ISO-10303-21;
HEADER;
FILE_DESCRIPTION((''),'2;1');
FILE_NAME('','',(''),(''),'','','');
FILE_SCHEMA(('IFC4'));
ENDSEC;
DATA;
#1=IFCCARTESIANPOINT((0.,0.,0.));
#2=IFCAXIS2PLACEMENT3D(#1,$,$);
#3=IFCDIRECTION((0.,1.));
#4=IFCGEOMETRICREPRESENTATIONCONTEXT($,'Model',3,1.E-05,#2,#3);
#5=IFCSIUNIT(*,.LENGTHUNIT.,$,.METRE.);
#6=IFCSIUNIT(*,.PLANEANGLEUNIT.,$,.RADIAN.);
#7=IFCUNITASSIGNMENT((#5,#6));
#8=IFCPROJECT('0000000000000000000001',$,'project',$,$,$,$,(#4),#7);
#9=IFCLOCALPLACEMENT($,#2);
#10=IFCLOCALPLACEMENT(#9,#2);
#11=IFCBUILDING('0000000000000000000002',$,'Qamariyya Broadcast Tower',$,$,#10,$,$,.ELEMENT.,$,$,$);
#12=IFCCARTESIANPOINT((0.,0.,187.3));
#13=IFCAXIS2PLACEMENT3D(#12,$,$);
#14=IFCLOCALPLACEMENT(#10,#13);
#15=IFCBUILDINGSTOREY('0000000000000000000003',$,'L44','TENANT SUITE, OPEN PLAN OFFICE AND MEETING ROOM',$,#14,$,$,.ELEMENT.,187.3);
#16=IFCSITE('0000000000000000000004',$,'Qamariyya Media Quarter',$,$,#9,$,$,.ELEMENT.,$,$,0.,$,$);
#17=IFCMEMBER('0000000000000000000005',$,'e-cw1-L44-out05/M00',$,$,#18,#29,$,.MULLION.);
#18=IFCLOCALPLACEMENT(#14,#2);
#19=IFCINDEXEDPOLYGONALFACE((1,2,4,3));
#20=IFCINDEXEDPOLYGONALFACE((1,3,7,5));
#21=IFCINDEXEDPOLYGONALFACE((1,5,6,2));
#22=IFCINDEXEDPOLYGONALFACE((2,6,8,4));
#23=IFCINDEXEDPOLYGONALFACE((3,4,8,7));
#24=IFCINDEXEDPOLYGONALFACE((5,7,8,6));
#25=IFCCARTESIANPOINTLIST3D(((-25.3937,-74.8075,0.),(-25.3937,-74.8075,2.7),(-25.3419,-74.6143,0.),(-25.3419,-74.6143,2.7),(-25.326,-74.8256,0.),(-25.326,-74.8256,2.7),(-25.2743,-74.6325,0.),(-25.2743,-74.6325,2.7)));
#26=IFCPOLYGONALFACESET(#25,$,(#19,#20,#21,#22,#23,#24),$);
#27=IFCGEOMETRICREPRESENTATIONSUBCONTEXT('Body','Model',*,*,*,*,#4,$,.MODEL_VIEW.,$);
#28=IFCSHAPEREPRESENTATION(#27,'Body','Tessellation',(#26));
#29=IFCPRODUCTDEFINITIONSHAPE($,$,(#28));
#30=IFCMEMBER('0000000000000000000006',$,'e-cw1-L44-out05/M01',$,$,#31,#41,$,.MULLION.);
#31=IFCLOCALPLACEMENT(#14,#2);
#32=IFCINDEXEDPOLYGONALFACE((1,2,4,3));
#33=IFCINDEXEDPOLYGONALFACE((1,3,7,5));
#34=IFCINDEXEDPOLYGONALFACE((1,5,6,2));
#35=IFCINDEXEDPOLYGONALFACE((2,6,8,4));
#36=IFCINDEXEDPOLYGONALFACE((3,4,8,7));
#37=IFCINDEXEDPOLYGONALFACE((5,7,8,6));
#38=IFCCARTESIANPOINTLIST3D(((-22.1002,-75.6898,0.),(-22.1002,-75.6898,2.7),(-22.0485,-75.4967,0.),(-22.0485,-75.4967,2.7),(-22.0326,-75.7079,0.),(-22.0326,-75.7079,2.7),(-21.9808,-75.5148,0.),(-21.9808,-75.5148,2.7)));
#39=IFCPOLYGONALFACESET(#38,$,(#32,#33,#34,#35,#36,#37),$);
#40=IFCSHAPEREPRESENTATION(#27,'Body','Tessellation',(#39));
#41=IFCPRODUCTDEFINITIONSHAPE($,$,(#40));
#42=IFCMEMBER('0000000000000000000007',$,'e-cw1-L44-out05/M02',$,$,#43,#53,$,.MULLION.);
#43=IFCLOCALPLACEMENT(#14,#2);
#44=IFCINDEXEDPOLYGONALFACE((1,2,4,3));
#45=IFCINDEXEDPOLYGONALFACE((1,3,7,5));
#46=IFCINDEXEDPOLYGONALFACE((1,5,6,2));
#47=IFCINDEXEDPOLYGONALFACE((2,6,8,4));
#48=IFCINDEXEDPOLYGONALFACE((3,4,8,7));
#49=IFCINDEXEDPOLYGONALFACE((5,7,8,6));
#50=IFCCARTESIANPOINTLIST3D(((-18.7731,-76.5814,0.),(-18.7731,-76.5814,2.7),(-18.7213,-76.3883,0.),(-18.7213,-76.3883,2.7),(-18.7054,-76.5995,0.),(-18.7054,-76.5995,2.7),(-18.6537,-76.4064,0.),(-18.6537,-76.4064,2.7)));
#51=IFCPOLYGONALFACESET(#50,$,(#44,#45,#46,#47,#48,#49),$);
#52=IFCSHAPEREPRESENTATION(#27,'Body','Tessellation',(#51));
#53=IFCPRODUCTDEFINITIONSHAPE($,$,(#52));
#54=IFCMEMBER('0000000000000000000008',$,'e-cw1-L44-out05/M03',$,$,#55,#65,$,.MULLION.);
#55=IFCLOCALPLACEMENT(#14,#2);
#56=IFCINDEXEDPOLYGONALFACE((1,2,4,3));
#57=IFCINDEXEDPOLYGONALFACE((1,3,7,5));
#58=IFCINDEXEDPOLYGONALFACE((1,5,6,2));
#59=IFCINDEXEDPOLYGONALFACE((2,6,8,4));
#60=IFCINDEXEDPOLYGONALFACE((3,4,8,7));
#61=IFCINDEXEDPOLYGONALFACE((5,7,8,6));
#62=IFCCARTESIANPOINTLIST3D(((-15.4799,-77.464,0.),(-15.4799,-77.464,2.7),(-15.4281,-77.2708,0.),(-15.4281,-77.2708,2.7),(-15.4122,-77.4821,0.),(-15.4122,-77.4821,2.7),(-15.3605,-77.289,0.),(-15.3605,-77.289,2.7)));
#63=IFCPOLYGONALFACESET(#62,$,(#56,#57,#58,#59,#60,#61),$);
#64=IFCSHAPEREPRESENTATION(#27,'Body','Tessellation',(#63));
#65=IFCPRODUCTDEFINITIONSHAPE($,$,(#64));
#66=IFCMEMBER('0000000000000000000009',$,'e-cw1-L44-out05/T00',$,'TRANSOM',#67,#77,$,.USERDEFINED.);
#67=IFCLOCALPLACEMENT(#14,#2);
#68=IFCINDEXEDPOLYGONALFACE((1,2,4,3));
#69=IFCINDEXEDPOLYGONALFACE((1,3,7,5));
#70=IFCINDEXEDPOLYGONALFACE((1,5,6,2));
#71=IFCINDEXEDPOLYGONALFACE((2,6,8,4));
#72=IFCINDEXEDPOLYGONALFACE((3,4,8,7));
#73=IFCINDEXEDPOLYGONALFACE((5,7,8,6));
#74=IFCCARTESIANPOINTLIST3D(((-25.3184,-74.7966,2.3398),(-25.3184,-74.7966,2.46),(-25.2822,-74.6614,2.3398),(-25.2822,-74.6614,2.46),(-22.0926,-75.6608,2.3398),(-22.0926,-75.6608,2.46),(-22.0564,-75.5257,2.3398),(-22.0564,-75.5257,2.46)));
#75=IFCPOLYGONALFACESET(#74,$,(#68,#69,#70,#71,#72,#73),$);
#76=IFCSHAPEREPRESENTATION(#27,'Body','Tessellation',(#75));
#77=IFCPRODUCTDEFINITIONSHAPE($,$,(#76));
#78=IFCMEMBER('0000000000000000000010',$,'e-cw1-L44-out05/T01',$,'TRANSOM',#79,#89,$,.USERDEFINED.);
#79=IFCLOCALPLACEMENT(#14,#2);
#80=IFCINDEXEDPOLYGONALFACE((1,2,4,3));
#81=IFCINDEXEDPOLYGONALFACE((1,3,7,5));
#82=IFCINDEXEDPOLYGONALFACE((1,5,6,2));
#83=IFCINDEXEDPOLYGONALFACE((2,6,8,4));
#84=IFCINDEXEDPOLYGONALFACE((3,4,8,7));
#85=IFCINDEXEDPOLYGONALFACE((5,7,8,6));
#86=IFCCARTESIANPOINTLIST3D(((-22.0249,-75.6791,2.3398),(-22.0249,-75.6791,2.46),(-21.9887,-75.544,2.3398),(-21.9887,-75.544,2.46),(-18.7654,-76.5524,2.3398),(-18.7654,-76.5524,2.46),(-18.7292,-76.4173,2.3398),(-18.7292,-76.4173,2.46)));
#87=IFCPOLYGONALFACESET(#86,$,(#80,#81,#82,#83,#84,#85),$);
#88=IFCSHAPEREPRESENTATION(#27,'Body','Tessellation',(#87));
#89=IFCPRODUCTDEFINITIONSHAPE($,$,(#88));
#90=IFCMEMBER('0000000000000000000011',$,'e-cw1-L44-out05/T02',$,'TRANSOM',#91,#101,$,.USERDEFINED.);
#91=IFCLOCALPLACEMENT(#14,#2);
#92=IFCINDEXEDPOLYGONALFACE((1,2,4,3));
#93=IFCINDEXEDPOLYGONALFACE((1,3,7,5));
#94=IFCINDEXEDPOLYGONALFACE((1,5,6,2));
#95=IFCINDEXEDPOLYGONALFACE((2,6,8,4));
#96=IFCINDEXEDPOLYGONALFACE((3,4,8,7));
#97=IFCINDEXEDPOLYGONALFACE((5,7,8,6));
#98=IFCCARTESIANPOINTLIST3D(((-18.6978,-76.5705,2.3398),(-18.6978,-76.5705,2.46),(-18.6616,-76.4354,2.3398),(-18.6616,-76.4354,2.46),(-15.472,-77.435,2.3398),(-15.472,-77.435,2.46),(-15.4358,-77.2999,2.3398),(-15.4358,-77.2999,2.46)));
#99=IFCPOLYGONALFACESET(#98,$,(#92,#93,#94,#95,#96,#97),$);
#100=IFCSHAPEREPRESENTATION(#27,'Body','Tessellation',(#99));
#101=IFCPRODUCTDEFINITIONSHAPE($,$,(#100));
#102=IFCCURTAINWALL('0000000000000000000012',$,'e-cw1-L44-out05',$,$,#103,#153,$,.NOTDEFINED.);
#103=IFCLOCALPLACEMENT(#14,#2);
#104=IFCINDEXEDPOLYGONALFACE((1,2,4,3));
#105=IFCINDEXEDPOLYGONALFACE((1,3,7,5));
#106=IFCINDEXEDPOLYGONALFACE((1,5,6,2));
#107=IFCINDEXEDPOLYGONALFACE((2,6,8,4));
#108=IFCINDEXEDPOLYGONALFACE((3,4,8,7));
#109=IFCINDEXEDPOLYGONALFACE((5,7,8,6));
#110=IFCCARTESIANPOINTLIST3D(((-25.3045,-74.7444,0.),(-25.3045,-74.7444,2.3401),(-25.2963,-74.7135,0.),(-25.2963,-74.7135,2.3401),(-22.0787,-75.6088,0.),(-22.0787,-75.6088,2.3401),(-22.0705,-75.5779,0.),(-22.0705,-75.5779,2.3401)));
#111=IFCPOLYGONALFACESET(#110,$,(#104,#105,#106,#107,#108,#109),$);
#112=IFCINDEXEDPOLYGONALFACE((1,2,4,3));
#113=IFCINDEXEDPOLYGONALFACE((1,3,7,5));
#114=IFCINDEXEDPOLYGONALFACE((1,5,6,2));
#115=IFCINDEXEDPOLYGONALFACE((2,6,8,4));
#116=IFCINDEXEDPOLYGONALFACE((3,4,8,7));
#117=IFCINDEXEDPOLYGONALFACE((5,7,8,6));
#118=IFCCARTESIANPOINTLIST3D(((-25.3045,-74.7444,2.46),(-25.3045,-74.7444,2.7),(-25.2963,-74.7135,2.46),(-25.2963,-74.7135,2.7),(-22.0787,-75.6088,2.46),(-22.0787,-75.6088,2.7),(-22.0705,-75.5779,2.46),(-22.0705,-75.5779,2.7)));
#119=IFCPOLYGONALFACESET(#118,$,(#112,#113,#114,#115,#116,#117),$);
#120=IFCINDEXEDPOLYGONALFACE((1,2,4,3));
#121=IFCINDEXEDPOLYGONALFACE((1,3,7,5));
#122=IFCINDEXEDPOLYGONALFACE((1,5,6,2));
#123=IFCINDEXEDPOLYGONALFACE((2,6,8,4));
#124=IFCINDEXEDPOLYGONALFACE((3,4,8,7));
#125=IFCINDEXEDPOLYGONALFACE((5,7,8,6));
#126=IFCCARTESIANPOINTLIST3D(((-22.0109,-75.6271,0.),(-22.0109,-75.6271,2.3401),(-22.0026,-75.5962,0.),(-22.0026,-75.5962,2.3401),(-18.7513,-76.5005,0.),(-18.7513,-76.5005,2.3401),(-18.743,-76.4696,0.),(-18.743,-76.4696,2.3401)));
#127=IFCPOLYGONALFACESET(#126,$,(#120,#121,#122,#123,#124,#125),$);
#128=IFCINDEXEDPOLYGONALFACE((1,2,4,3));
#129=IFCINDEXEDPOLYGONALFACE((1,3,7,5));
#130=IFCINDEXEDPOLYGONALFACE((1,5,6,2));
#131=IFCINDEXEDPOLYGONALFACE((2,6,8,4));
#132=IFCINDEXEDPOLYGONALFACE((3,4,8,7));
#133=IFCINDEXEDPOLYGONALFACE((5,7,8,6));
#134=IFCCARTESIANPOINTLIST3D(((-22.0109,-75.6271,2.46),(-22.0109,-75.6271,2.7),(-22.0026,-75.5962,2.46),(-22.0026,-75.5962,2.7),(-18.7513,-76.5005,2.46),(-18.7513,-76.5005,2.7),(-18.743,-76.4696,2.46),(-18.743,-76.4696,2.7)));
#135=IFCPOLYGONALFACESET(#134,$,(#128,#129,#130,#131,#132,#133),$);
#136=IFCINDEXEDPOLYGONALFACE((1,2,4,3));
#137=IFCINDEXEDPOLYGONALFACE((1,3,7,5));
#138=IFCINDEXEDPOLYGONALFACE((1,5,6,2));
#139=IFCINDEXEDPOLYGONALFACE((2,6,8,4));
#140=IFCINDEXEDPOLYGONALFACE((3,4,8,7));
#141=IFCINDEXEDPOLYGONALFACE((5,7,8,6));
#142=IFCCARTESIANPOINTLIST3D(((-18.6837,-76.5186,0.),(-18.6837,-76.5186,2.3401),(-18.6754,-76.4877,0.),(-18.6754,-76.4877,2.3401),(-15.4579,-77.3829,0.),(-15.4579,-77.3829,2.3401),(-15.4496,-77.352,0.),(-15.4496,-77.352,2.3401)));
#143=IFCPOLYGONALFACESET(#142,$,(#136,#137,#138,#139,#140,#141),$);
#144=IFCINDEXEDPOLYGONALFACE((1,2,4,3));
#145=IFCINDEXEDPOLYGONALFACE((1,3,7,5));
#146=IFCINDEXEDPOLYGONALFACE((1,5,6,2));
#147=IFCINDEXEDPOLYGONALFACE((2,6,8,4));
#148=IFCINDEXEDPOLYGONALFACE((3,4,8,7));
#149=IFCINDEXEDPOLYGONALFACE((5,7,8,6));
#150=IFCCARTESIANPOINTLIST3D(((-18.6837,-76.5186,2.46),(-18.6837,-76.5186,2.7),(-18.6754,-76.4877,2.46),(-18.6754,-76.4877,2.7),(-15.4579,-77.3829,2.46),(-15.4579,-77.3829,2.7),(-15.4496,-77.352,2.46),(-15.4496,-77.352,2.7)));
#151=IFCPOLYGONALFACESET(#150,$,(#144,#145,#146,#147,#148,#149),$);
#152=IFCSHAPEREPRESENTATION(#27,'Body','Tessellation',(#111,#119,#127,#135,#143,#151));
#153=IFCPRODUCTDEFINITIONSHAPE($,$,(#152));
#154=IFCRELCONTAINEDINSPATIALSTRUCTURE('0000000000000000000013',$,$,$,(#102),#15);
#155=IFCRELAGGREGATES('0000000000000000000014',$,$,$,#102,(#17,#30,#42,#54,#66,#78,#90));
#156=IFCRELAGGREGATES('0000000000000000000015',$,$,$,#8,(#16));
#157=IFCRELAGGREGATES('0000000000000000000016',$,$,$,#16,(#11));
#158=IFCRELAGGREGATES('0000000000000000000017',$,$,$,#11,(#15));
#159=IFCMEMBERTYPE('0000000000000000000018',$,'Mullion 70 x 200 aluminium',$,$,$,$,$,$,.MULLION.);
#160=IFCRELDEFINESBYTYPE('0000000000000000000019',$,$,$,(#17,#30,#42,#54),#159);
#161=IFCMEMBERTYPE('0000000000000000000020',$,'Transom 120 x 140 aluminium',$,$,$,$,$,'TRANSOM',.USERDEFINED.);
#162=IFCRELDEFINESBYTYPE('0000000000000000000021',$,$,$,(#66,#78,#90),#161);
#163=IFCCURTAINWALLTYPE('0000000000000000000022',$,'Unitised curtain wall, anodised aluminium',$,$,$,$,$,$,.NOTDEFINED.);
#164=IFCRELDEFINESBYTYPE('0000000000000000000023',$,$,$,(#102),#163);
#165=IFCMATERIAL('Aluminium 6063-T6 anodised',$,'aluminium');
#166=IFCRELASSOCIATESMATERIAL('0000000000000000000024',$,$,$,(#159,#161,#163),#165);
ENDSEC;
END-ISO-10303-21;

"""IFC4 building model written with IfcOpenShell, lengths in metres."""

from ifc_helpers import new_model, si_unit, direction, frame, origin, origin_2d, place, context, subcontext, project, spatial, rectangle, extrude, material, material_profile, profile_set, type_object, element, aggregate, save


model = new_model("IFC4")

# Units and contexts
model_context = context("Model", 3, precision=1e-05, world=origin(), true_north=direction((0.0, 1.0)))
body_context = subcontext(model_context, "Body", "Model", "MODEL_VIEW")
ifc_project = project(units=[si_unit("LENGTHUNIT", "METRE"), si_unit("PLANEANGLEUNIT", "RADIAN")], contexts=[model_context])

# Members
ifc_material = material(Name="Aluminium 6063-T6 anodised", Category="aluminium")
ifc_material_profile_1 = material_profile(ifc_material, rectangle(XDim=0.2, YDim=0.0701, at=origin_2d()))
ifc_profile_set_1 = profile_set([ifc_material_profile_1], Name="Aluminium 6063-T6 anodised")
member_type_1 = type_object("IfcMemberType", Name="Mullion 70 x 200 aluminium", PredefinedType="MULLION", material=ifc_profile_set_1)
site_placement = place(None, origin())
building_placement = place(site_placement, origin())
storey_placement = place(building_placement, frame((0.0, 0.0, 187.3)))
member_1_placement = place(storey_placement, frame((-25.334, -74.72, 0.0), z_axis=(0.0, 0.0, 1.0), x_axis=(0.258819, 0.965926, 0.0)))
member_1 = element("IfcMember", 1, at=member_1_placement, type_object=member_type_1, Name="e-cw1-L44-out05/M00", PredefinedType="MULLION", context=body_context, shape_type="SweptSolid", body=[
    extrude(rectangle(XDim=0.2, YDim=0.0701, at=origin_2d()), origin(), (0.0, 0.0, 1.0), 2.7),
])
member_2_placement = place(storey_placement, frame((-22.0405, -75.6023, 0.0), z_axis=(0.0, 0.0, 1.0), x_axis=(0.258819, 0.965926, 0.0)))
member_2 = element("IfcMember", 2, at=member_2_placement, type_object=member_type_1, Name="e-cw1-L44-out05/M01", PredefinedType="MULLION", context=body_context, shape_type="SweptSolid", body=[
    extrude(rectangle(XDim=0.2, YDim=0.0701, at=origin_2d()), origin(), (0.0, 0.0, 1.0), 2.7),
])
member_3_placement = place(storey_placement, frame((-18.7134, -76.4939, 0.0), z_axis=(0.0, 0.0, 1.0), x_axis=(0.258819, 0.965926, 0.0)))
member_3 = element("IfcMember", 3, at=member_3_placement, type_object=member_type_1, Name="e-cw1-L44-out05/M02", PredefinedType="MULLION", context=body_context, shape_type="SweptSolid", body=[
    extrude(rectangle(XDim=0.2, YDim=0.0701, at=origin_2d()), origin(), (0.0, 0.0, 1.0), 2.7),
])
member_4_placement = place(storey_placement, frame((-15.4202, -77.3765, 0.0), z_axis=(0.0, 0.0, 1.0), x_axis=(0.258819, 0.965926, 0.0)))
member_4 = element("IfcMember", 4, at=member_4_placement, type_object=member_type_1, Name="e-cw1-L44-out05/M03", PredefinedType="MULLION", context=body_context, shape_type="SweptSolid", body=[
    extrude(rectangle(XDim=0.2, YDim=0.0701, at=origin_2d()), origin(), (0.0, 0.0, 1.0), 2.7),
])
ifc_material_profile_2 = material_profile(ifc_material, rectangle(XDim=0.1399, YDim=0.1201, at=origin_2d()))
ifc_profile_set_2 = profile_set([ifc_material_profile_2], Name="Aluminium 6063-T6 anodised")
member_type_2 = type_object("IfcMemberType", Name="Transom 120 x 140 aluminium", ElementType="TRANSOM", PredefinedType="USERDEFINED", material=ifc_profile_set_2)
member_5_placement = place(storey_placement, frame((-25.3003, -74.729, 2.3999), z_axis=(0.965933, -0.258791, 0.0), x_axis=(0.258791, 0.965933, 0.0)))
member_5 = element("IfcMember", 5, at=member_5_placement, type_object=member_type_2, Name="e-cw1-L44-out05/T00", ObjectType="TRANSOM", PredefinedType="USERDEFINED", context=body_context, shape_type="SweptSolid", body=[
    extrude(rectangle(XDim=0.1399, YDim=0.1201, at=origin_2d()), origin(), (0.0, 0.0, 1.0), 3.3396),
])
member_6_placement = place(storey_placement, frame((-22.0068, -75.6116, 2.3999), z_axis=(0.965933, -0.258793, 0.0), x_axis=(0.258793, 0.965933, 0.0)))
member_6 = element("IfcMember", 6, at=member_6_placement, type_object=member_type_2, Name="e-cw1-L44-out05/T01", ObjectType="TRANSOM", PredefinedType="USERDEFINED", context=body_context, shape_type="SweptSolid", body=[
    extrude(rectangle(XDim=0.1399, YDim=0.1201, at=origin_2d()), origin(), (0.0, 0.0, 1.0), 3.3745),
])
member_7_placement = place(storey_placement, frame((-18.6797, -76.5029, 2.3999), z_axis=(0.965915, -0.258859, 0.0), x_axis=(0.258859, 0.965915, 0.0)))
member_7 = element("IfcMember", 7, at=member_7_placement, type_object=member_type_2, Name="e-cw1-L44-out05/T02", ObjectType="TRANSOM", PredefinedType="USERDEFINED", context=body_context, shape_type="SweptSolid", body=[
    extrude(rectangle(XDim=0.1399, YDim=0.1201, at=origin_2d()), origin(), (0.0, 0.0, 1.0), 3.3396),
])

# Site, building, storey
site = spatial("IfcSite", under=ifc_project, at=site_placement, Name="Qamariyya Media Quarter", CompositionType="ELEMENT", RefElevation=0.0)
building = spatial("IfcBuilding", under=site, at=building_placement, Name="Qamariyya Broadcast Tower", CompositionType="ELEMENT")
storey = spatial("IfcBuildingStorey", under=building, at=storey_placement, Name="L44", Description="TENANT SUITE, OPEN PLAN OFFICE AND MEETING ROOM", CompositionType="ELEMENT", Elevation=187.3)

# Curtain wall
curtain_wall_type = type_object("IfcCurtainWallType", Name="Unitised curtain wall, anodised aluminium", PredefinedType="NOTDEFINED", material=ifc_material)
curtain_wall_1_placement = place(storey_placement, origin())
curtain_wall_1 = element("IfcCurtainWall", 8, at=curtain_wall_1_placement, inside=storey, type_object=curtain_wall_type, Name="e-cw1-L44-out05", PredefinedType="NOTDEFINED", context=body_context, shape_type="SweptSolid", body=[
    extrude(rectangle(XDim=3.3396, YDim=0.032, at=origin_2d()), frame((-23.6875, -75.1611, 0.0), x_axis=(0.965926, -0.258817, 0.0)), (0.0, 0.0, 1.0), 2.3401),
    extrude(rectangle(XDim=3.3396, YDim=0.032, at=origin_2d()), frame((-23.6875, -75.1611, 2.46), x_axis=(0.965926, -0.258817, 0.0)), (0.0, 0.0, 1.0), 0.24),
    extrude(rectangle(XDim=3.3745, YDim=0.032, at=origin_2d()), frame((-20.377, -76.0483, 0.0), x_axis=(0.965926, -0.258817, 0.0)), (0.0, 0.0, 1.0), 2.3401),
    extrude(rectangle(XDim=3.3745, YDim=0.032, at=origin_2d()), frame((-20.377, -76.0483, 2.46), x_axis=(0.965926, -0.258817, 0.0)), (0.0, 0.0, 1.0), 0.24),
    extrude(rectangle(XDim=3.3396, YDim=0.032, at=origin_2d()), frame((-17.0667, -76.9353, 0.0), x_axis=(0.965926, -0.258817, 0.0)), (0.0, 0.0, 1.0), 2.3401),
    extrude(rectangle(XDim=3.3396, YDim=0.032, at=origin_2d()), frame((-17.0667, -76.9353, 2.46), x_axis=(0.965926, -0.258817, 0.0)), (0.0, 0.0, 1.0), 0.24),
])
aggregate(curtain_wall_1, [member_1, member_2, member_3, member_4, member_5, member_6, member_7])

save(model, "model.ifc")
